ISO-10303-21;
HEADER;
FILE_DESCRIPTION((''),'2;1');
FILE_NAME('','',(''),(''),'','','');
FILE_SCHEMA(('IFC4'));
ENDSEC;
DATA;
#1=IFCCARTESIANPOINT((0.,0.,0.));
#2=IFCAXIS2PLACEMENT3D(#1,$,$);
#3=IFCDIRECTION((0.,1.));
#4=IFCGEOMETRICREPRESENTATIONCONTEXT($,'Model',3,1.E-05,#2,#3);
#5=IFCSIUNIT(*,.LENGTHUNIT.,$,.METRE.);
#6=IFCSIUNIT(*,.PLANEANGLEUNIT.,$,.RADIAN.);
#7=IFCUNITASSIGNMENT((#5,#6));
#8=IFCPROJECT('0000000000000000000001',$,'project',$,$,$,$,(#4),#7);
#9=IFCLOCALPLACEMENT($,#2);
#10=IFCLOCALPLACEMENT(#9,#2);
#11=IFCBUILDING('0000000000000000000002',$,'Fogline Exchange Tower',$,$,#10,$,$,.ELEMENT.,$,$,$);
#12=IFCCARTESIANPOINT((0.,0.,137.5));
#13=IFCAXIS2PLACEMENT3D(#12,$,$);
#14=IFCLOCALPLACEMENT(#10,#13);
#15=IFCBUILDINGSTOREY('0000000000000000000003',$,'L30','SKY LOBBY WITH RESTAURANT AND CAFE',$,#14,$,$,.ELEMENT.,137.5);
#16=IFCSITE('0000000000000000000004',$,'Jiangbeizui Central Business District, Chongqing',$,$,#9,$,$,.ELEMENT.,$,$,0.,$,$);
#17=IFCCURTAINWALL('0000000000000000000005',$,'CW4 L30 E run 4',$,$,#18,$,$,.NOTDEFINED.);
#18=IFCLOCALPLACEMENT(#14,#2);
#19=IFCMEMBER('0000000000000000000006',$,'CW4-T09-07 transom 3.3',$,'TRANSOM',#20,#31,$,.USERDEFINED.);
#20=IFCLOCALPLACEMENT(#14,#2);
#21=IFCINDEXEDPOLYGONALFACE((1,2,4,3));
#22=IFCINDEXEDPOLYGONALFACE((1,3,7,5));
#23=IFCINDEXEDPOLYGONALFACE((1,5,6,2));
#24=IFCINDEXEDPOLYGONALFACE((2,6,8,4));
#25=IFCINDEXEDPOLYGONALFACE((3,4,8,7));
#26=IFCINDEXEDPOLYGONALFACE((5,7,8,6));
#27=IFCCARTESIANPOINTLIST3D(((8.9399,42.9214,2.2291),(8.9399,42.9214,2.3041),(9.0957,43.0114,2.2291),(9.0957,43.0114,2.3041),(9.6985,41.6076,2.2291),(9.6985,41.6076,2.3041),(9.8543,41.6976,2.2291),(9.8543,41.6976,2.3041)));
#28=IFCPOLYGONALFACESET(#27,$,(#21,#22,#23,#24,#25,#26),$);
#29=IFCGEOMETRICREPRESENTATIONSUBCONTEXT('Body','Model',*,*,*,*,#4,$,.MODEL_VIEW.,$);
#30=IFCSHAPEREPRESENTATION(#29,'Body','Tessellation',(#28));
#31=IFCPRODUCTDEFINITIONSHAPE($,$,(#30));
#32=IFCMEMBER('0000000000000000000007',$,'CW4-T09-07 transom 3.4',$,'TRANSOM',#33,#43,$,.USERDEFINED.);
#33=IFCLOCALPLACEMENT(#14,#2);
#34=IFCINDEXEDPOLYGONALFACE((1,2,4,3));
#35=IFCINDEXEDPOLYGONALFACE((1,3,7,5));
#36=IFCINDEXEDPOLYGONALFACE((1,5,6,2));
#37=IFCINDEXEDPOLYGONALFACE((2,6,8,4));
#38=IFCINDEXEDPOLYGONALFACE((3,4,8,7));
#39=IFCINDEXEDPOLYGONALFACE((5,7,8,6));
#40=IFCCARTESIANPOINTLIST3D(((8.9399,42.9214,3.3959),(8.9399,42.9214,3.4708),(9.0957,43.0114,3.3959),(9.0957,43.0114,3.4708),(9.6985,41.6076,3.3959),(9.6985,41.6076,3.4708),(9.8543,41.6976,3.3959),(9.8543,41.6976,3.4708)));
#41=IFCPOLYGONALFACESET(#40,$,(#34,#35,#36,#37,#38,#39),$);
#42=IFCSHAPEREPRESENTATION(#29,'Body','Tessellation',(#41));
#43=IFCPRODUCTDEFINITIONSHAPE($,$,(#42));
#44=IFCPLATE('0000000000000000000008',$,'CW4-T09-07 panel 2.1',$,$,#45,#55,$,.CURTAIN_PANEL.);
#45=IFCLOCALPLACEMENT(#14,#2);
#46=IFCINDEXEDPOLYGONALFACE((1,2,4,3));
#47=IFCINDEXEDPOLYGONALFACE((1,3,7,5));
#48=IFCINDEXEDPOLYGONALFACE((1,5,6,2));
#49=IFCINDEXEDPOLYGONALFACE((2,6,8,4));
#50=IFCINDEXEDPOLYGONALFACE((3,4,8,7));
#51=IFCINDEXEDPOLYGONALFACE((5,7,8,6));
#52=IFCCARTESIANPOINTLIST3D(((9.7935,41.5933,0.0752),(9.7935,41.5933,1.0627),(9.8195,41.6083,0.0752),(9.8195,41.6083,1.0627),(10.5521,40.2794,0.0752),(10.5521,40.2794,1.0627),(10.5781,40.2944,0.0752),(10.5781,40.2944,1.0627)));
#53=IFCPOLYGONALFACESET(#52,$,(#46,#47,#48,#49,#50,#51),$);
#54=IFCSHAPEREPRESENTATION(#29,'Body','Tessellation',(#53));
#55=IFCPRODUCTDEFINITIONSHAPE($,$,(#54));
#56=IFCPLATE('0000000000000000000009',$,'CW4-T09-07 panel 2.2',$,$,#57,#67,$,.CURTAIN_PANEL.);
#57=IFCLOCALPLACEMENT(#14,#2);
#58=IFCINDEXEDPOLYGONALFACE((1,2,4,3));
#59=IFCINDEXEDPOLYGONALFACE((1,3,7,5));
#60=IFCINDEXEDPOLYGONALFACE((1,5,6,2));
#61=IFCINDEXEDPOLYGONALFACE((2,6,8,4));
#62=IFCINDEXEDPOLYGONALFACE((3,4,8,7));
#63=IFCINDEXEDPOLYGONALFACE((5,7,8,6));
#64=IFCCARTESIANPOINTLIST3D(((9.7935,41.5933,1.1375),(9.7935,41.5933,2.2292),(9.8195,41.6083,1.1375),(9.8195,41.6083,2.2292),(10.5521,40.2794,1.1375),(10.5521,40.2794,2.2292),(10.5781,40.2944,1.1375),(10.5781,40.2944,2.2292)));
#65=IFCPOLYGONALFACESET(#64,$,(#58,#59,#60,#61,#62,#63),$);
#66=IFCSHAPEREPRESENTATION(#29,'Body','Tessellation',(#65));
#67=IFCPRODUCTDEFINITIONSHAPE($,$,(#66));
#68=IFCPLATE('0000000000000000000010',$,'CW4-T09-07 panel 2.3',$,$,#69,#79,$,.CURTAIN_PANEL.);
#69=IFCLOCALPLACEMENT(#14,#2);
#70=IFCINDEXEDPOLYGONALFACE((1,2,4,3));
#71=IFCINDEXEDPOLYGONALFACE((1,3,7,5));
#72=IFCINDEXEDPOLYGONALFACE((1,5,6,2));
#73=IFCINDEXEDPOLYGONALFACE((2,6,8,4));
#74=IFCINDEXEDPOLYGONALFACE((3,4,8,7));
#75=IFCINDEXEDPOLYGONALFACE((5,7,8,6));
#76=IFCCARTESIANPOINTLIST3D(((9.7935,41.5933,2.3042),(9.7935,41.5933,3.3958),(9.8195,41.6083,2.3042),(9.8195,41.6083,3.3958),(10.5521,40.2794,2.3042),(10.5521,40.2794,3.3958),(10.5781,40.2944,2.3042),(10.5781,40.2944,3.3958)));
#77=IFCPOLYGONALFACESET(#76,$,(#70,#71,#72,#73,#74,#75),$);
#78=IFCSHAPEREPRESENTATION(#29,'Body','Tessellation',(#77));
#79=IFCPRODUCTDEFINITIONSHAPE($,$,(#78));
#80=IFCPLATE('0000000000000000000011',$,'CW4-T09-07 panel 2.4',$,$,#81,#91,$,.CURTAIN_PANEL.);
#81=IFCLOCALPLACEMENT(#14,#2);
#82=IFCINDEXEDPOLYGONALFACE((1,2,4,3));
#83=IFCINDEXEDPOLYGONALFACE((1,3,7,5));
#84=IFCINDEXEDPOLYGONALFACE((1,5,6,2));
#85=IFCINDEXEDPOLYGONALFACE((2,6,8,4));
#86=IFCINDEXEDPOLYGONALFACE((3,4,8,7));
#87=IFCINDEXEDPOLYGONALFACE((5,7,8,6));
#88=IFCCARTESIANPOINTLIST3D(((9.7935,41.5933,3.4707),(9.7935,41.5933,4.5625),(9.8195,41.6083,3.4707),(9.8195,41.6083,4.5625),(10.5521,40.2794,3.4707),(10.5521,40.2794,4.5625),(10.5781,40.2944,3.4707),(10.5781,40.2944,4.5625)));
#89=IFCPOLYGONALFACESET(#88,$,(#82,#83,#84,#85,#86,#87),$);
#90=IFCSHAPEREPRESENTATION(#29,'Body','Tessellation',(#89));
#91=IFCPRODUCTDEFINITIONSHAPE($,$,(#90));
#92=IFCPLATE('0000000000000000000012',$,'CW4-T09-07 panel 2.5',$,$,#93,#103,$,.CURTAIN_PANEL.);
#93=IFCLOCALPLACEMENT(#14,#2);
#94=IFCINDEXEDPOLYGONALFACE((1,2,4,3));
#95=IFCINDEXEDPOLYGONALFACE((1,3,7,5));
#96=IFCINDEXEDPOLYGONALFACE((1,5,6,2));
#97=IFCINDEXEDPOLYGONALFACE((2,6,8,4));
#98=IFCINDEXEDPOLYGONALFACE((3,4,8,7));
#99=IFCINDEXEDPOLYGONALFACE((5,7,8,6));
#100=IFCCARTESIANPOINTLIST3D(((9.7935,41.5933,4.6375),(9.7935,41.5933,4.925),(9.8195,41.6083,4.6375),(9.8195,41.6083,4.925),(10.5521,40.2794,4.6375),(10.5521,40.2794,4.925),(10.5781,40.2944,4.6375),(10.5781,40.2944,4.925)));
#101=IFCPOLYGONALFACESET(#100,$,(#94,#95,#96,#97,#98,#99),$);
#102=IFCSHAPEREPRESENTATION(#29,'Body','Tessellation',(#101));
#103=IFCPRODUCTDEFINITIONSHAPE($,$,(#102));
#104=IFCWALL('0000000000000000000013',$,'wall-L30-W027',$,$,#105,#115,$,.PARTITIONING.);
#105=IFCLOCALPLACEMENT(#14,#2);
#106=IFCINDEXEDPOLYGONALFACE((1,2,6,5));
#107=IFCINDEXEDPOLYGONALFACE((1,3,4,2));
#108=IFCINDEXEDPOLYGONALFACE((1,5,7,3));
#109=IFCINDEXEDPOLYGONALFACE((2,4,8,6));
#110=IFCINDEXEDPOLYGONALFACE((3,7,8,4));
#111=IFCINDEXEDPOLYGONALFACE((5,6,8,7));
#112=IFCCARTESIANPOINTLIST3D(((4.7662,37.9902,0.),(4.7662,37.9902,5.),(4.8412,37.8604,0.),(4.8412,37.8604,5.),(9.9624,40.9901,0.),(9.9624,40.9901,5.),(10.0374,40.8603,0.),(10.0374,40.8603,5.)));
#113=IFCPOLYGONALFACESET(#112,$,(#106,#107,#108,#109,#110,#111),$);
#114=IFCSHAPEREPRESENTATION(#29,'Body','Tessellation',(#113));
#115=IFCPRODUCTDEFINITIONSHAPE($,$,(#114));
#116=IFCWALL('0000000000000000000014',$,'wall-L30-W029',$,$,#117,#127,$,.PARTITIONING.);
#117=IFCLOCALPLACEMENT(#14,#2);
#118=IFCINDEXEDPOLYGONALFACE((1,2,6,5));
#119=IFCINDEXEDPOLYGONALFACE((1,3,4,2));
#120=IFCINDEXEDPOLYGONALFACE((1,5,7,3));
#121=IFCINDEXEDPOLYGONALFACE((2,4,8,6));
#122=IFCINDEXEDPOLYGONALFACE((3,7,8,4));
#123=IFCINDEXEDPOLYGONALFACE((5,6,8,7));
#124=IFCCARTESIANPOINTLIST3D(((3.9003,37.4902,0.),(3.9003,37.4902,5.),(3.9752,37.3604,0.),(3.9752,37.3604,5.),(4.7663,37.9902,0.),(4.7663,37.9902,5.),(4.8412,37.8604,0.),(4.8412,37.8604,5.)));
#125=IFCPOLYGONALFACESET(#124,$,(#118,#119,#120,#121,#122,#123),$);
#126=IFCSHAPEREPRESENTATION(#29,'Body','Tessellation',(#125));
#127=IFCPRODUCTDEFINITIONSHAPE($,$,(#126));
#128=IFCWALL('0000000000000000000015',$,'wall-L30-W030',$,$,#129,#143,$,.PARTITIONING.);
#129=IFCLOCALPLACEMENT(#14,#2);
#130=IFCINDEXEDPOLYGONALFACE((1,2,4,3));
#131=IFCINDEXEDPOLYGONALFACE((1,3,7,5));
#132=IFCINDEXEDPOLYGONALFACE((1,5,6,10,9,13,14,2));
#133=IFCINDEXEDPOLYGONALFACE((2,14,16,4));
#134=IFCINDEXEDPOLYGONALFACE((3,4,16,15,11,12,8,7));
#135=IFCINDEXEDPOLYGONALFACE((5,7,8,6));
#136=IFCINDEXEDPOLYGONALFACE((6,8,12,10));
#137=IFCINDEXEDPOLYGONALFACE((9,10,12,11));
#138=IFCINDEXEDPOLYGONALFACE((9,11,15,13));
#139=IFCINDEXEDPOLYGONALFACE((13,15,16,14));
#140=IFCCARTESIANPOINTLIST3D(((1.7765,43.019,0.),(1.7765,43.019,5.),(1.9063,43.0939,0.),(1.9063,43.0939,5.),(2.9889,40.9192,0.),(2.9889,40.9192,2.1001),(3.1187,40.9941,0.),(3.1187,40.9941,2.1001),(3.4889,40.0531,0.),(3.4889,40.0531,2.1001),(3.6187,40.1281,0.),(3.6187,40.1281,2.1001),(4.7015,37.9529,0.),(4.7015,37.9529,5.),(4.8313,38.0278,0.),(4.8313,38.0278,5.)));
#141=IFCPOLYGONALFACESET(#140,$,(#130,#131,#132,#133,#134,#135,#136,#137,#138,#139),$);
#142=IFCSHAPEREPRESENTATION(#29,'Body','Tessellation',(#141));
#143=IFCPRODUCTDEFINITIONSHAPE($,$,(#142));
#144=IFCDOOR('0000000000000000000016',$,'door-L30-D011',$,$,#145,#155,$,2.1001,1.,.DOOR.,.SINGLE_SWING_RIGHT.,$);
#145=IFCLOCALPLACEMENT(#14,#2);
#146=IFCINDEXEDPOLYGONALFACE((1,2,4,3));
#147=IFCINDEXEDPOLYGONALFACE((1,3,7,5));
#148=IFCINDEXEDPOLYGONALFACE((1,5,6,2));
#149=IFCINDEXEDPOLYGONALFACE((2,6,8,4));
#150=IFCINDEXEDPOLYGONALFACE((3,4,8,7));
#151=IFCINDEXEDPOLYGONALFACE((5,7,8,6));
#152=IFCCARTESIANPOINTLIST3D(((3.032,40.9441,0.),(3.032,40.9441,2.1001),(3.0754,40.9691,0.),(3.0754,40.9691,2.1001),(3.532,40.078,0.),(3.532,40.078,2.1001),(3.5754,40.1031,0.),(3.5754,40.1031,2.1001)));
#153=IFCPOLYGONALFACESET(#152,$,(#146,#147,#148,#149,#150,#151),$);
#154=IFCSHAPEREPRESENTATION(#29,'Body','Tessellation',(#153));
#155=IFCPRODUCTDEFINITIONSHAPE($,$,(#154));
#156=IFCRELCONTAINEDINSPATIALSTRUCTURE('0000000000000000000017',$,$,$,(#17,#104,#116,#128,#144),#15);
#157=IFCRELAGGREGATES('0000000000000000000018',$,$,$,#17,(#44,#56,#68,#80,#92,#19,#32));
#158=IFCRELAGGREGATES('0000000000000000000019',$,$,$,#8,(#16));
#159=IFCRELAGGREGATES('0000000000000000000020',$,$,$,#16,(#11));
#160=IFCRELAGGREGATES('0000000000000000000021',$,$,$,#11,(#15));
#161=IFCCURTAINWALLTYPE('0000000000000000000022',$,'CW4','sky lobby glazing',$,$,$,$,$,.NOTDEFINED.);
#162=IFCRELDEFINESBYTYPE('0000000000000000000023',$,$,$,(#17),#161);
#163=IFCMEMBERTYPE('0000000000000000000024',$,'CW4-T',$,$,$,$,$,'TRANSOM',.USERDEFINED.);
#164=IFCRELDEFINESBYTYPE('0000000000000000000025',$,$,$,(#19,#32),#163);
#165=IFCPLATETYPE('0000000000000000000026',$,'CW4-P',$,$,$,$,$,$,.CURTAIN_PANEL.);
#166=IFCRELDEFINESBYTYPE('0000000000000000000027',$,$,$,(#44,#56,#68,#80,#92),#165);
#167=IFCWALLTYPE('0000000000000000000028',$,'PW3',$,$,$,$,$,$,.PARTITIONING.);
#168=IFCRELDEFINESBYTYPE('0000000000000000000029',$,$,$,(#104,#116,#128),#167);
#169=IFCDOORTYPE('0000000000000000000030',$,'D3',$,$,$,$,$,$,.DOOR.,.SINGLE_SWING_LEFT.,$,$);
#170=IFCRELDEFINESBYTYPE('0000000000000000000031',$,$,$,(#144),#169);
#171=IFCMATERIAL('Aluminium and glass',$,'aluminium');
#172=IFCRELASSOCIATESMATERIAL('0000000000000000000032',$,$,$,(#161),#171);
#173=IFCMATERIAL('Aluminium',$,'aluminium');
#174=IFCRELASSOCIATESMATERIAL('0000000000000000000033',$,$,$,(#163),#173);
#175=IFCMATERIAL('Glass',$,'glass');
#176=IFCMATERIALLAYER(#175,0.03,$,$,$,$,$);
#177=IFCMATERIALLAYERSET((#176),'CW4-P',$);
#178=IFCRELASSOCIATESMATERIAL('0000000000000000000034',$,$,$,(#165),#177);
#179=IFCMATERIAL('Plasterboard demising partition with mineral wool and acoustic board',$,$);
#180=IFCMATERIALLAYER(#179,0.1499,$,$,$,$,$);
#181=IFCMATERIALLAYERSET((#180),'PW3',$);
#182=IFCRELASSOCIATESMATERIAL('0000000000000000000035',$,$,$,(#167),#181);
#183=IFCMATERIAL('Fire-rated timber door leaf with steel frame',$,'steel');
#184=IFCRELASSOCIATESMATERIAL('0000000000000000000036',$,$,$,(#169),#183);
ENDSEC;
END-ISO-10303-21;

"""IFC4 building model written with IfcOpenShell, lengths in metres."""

from ifc_helpers import new_model, si_unit, direction, frame, frame_2d, origin, origin_2d, place, context, subcontext, project, spatial, rectangle, extrude, material, layer, layer_set, material_profile, profile_set, type_object, element, fill, aggregate, save


model = new_model("IFC4")

# Units and contexts
model_context = context("Model", 3, precision=1e-05, world=origin(), true_north=direction((0.0, 1.0)))
body_context = subcontext(model_context, "Body", "Model", "MODEL_VIEW")
ifc_project = project(units=[si_unit("LENGTHUNIT", "METRE"), si_unit("PLANEANGLEUNIT", "RADIAN")], contexts=[model_context])

# Site, building, storey
site_placement = place(None, origin())
site = spatial("IfcSite", under=ifc_project, at=site_placement, Name="Jiangbeizui Central Business District, Chongqing", CompositionType="ELEMENT", RefElevation=0.0)
building_placement = place(site_placement, origin())
building = spatial("IfcBuilding", under=site, at=building_placement, Name="Fogline Exchange Tower", CompositionType="ELEMENT")
storey_placement = place(building_placement, frame((0.0, 0.0, 137.5)))
storey = spatial("IfcBuildingStorey", under=building, at=storey_placement, Name="L30", Description="SKY LOBBY WITH RESTAURANT AND CAFE", CompositionType="ELEMENT", Elevation=137.5)

# Curtain wall, members, plates
ifc_material_1 = material(Name="Aluminium and glass", Category="aluminium")
curtain_wall_type = type_object("IfcCurtainWallType", Name="CW4", Description="sky lobby glazing", PredefinedType="NOTDEFINED", material=ifc_material_1)
curtain_wall_placement = place(storey_placement, origin())
curtain_wall = element("IfcCurtainWall", 1, at=curtain_wall_placement, inside=storey, type_object=curtain_wall_type, Name="CW4 L30 E run 4", PredefinedType="NOTDEFINED")
ifc_material_2 = material(Name="Aluminium", Category="aluminium")
ifc_material_profile_1 = material_profile(ifc_material_2, rectangle(XDim=0.1799, YDim=0.075, at=origin_2d()), Name="Transom 75x180")
ifc_profile_set_1 = profile_set([ifc_material_profile_1], Name="Aluminium")
member_type_1 = type_object("IfcMemberType", Name="CW4-T", ElementType="TRANSOM", PredefinedType="USERDEFINED", material=ifc_profile_set_1)
member_1_placement = place(storey_placement, frame((9.7764, 41.6526, 2.2666), z_axis=(-0.500034, 0.866006, 0.0), x_axis=(-0.866006, -0.500034, 0.0)))
member_1 = element("IfcMember", 2, at=member_1_placement, type_object=member_type_1, Name="CW4-T09-07 transom 3.3", ObjectType="TRANSOM", PredefinedType="USERDEFINED", context=body_context, shape_type="SweptSolid", body=[
    extrude(rectangle(XDim=0.1799, YDim=0.075, at=origin_2d()), origin(), (0.0, 0.0, 1.0), 1.5171),
])
member_2_placement = place(storey_placement, frame((9.7764, 41.6526, 3.4333), z_axis=(-0.500034, 0.866006, 0.0), x_axis=(-0.866006, -0.500034, 0.0)))
member_2 = element("IfcMember", 3, at=member_2_placement, type_object=member_type_1, Name="CW4-T09-07 transom 3.4", ObjectType="TRANSOM", PredefinedType="USERDEFINED", context=body_context, shape_type="SweptSolid", body=[
    extrude(rectangle(XDim=0.1799, YDim=0.075, at=origin_2d()), origin(), (0.0, 0.0, 1.0), 1.5171),
])
ifc_material_3 = material(Name="Glass", Category="glass")
ifc_layer_1 = layer(ifc_material_3, 0.03)
ifc_layer_set_1 = layer_set([ifc_layer_1], Name="CW4-P")
plate_type = type_object("IfcPlateType", Name="CW4-P", PredefinedType="CURTAIN_PANEL", material=ifc_layer_set_1)
plate_1_placement = place(storey_placement, frame((10.1858, 40.9438, 0.0752), z_axis=(0.0, 0.0, 1.0), x_axis=(-0.5, 0.866025, 0.0)))
plate_1 = element("IfcPlate", 4, at=plate_1_placement, type_object=plate_type, Name="CW4-T09-07 panel 2.1", PredefinedType="CURTAIN_PANEL", context=body_context, shape_type="SweptSolid", body=[
    extrude(rectangle(XDim=1.5171, YDim=0.03, at=origin_2d()), origin(), (0.0, 0.0, 1.0), 0.9875),
])
plate_2_placement = place(storey_placement, frame((10.1858, 40.9438, 1.1375), z_axis=(0.0, 0.0, 1.0), x_axis=(-0.5, 0.866025, 0.0)))
plate_2 = element("IfcPlate", 5, at=plate_2_placement, type_object=plate_type, Name="CW4-T09-07 panel 2.2", PredefinedType="CURTAIN_PANEL", context=body_context, shape_type="SweptSolid", body=[
    extrude(rectangle(XDim=1.5171, YDim=0.03, at=origin_2d()), origin(), (0.0, 0.0, 1.0), 1.0918),
])
plate_3_placement = place(storey_placement, frame((10.1858, 40.9438, 2.3042), z_axis=(0.0, 0.0, 1.0), x_axis=(-0.5, 0.866025, 0.0)))
plate_3 = element("IfcPlate", 6, at=plate_3_placement, type_object=plate_type, Name="CW4-T09-07 panel 2.3", PredefinedType="CURTAIN_PANEL", context=body_context, shape_type="SweptSolid", body=[
    extrude(rectangle(XDim=1.5171, YDim=0.03, at=origin_2d()), origin(), (0.0, 0.0, 1.0), 1.0916),
])
plate_4_placement = place(storey_placement, frame((10.1858, 40.9438, 3.4707), z_axis=(0.0, 0.0, 1.0), x_axis=(-0.5, 0.866025, 0.0)))
plate_4 = element("IfcPlate", 7, at=plate_4_placement, type_object=plate_type, Name="CW4-T09-07 panel 2.4", PredefinedType="CURTAIN_PANEL", context=body_context, shape_type="SweptSolid", body=[
    extrude(rectangle(XDim=1.5171, YDim=0.03, at=origin_2d()), origin(), (0.0, 0.0, 1.0), 1.0918),
])
plate_5_placement = place(storey_placement, frame((10.1858, 40.9438, 4.6375), z_axis=(0.0, 0.0, 1.0), x_axis=(-0.5, 0.866025, 0.0)))
plate_5 = element("IfcPlate", 8, at=plate_5_placement, type_object=plate_type, Name="CW4-T09-07 panel 2.5", PredefinedType="CURTAIN_PANEL", context=body_context, shape_type="SweptSolid", body=[
    extrude(rectangle(XDim=1.5171, YDim=0.03, at=origin_2d()), origin(), (0.0, 0.0, 1.0), 0.2876),
])
aggregate(curtain_wall, [plate_1, plate_2, plate_3, plate_4, plate_5, member_1, member_2])

# Walls
ifc_material_4 = material(Name="Plasterboard demising partition with mineral wool and acoustic board")
ifc_layer_2 = layer(ifc_material_4, 0.1499)
ifc_layer_set_2 = layer_set([ifc_layer_2], Name="PW3")
wall_type = type_object("IfcWallType", Name="PW3", PredefinedType="PARTITIONING", material=ifc_layer_set_2)
wall_1_placement = place(storey_placement, frame((4.8037, 37.9253, 0.0), z_axis=(0.0, 0.0, 1.0), x_axis=(0.866031, 0.49999, 0.0)))
element("IfcWall", 9, at=wall_1_placement, inside=storey, type_object=wall_type, Name="wall-L30-W027", PredefinedType="PARTITIONING", context=body_context, shape_type="SweptSolid", body=[
    extrude(rectangle(XDim=6.0, YDim=0.1499, at=frame_2d((3.0, 0.0))), origin(), (0.0, 0.0, 1.0), 5.0),
])
wall_2_placement = place(storey_placement, frame((3.9377, 37.4253, 0.0), z_axis=(0.0, 0.0, 1.0), x_axis=(0.866011, 0.500025, 0.0)))
element("IfcWall", 10, at=wall_2_placement, inside=storey, type_object=wall_type, Name="wall-L30-W029", PredefinedType="PARTITIONING", context=body_context, shape_type="SweptSolid", body=[
    extrude(rectangle(XDim=1.0, YDim=0.1499, at=frame_2d((0.5, 0.0))), origin(), (0.0, 0.0, 1.0), 5.0),
])

# Wall, opening, door
wall_3_placement = place(storey_placement, frame((4.7664, 37.9905, 0.0), z_axis=(0.0, 0.0, 1.0), x_axis=(-0.500013, 0.866018, 0.0)))
wall_3 = element("IfcWall", 11, at=wall_3_placement, inside=storey, type_object=wall_type, Name="wall-L30-W030", PredefinedType="PARTITIONING", context=body_context, shape_type="SweptSolid", body=[
    extrude(rectangle(XDim=5.8499, YDim=0.1499, at=frame_2d((2.9248, 0.0))), origin(), (0.0, 0.0, 1.0), 5.0),
])
opening_placement = place(wall_3_placement, frame((2.425, 0.0, 0.0)))
opening = element("IfcOpeningElement", 12, at=opening_placement, cuts=wall_3, PredefinedType="OPENING", context=body_context, shape_type="SweptSolid", body=[
    extrude(rectangle(XDim=1.0, YDim=2.1001, at=frame_2d((0.5, 1.05))), frame((0.0, 0.085, 0.0), z_axis=(0.0, -1.0, 0.0), x_axis=(1.0, 0.0, 0.0)), (0.0, 0.0, 1.0), 0.1699),
])
ifc_material_5 = material(Name="Fire-rated timber door leaf with steel frame", Category="steel")
door_type = type_object("IfcDoorType", Name="D3", OperationType="SINGLE_SWING_LEFT", PredefinedType="DOOR", material=ifc_material_5)
door_placement = place(opening_placement, frame((1.0, 0.0, 0.0), z_axis=(0.0, 0.0, 1.0), x_axis=(-1.0, 0.0, 0.0)))
door = element("IfcDoor", 13, at=door_placement, inside=storey, type_object=door_type, Name="door-L30-D011", OperationType="SINGLE_SWING_RIGHT", OverallHeight=2.1001, OverallWidth=1.0, PredefinedType="DOOR", context=body_context, shape_type="SweptSolid", body=[
    extrude(rectangle(XDim=1.0, YDim=2.1001, at=frame_2d((0.5, 1.05))), frame((0.0, 0.0249, 0.0), z_axis=(0.0, -1.0, 0.0), x_axis=(1.0, 0.0, 0.0)), (0.0, 0.0, 1.0), 0.05),
])
fill(opening, door)

save(model, "model.ifc")
